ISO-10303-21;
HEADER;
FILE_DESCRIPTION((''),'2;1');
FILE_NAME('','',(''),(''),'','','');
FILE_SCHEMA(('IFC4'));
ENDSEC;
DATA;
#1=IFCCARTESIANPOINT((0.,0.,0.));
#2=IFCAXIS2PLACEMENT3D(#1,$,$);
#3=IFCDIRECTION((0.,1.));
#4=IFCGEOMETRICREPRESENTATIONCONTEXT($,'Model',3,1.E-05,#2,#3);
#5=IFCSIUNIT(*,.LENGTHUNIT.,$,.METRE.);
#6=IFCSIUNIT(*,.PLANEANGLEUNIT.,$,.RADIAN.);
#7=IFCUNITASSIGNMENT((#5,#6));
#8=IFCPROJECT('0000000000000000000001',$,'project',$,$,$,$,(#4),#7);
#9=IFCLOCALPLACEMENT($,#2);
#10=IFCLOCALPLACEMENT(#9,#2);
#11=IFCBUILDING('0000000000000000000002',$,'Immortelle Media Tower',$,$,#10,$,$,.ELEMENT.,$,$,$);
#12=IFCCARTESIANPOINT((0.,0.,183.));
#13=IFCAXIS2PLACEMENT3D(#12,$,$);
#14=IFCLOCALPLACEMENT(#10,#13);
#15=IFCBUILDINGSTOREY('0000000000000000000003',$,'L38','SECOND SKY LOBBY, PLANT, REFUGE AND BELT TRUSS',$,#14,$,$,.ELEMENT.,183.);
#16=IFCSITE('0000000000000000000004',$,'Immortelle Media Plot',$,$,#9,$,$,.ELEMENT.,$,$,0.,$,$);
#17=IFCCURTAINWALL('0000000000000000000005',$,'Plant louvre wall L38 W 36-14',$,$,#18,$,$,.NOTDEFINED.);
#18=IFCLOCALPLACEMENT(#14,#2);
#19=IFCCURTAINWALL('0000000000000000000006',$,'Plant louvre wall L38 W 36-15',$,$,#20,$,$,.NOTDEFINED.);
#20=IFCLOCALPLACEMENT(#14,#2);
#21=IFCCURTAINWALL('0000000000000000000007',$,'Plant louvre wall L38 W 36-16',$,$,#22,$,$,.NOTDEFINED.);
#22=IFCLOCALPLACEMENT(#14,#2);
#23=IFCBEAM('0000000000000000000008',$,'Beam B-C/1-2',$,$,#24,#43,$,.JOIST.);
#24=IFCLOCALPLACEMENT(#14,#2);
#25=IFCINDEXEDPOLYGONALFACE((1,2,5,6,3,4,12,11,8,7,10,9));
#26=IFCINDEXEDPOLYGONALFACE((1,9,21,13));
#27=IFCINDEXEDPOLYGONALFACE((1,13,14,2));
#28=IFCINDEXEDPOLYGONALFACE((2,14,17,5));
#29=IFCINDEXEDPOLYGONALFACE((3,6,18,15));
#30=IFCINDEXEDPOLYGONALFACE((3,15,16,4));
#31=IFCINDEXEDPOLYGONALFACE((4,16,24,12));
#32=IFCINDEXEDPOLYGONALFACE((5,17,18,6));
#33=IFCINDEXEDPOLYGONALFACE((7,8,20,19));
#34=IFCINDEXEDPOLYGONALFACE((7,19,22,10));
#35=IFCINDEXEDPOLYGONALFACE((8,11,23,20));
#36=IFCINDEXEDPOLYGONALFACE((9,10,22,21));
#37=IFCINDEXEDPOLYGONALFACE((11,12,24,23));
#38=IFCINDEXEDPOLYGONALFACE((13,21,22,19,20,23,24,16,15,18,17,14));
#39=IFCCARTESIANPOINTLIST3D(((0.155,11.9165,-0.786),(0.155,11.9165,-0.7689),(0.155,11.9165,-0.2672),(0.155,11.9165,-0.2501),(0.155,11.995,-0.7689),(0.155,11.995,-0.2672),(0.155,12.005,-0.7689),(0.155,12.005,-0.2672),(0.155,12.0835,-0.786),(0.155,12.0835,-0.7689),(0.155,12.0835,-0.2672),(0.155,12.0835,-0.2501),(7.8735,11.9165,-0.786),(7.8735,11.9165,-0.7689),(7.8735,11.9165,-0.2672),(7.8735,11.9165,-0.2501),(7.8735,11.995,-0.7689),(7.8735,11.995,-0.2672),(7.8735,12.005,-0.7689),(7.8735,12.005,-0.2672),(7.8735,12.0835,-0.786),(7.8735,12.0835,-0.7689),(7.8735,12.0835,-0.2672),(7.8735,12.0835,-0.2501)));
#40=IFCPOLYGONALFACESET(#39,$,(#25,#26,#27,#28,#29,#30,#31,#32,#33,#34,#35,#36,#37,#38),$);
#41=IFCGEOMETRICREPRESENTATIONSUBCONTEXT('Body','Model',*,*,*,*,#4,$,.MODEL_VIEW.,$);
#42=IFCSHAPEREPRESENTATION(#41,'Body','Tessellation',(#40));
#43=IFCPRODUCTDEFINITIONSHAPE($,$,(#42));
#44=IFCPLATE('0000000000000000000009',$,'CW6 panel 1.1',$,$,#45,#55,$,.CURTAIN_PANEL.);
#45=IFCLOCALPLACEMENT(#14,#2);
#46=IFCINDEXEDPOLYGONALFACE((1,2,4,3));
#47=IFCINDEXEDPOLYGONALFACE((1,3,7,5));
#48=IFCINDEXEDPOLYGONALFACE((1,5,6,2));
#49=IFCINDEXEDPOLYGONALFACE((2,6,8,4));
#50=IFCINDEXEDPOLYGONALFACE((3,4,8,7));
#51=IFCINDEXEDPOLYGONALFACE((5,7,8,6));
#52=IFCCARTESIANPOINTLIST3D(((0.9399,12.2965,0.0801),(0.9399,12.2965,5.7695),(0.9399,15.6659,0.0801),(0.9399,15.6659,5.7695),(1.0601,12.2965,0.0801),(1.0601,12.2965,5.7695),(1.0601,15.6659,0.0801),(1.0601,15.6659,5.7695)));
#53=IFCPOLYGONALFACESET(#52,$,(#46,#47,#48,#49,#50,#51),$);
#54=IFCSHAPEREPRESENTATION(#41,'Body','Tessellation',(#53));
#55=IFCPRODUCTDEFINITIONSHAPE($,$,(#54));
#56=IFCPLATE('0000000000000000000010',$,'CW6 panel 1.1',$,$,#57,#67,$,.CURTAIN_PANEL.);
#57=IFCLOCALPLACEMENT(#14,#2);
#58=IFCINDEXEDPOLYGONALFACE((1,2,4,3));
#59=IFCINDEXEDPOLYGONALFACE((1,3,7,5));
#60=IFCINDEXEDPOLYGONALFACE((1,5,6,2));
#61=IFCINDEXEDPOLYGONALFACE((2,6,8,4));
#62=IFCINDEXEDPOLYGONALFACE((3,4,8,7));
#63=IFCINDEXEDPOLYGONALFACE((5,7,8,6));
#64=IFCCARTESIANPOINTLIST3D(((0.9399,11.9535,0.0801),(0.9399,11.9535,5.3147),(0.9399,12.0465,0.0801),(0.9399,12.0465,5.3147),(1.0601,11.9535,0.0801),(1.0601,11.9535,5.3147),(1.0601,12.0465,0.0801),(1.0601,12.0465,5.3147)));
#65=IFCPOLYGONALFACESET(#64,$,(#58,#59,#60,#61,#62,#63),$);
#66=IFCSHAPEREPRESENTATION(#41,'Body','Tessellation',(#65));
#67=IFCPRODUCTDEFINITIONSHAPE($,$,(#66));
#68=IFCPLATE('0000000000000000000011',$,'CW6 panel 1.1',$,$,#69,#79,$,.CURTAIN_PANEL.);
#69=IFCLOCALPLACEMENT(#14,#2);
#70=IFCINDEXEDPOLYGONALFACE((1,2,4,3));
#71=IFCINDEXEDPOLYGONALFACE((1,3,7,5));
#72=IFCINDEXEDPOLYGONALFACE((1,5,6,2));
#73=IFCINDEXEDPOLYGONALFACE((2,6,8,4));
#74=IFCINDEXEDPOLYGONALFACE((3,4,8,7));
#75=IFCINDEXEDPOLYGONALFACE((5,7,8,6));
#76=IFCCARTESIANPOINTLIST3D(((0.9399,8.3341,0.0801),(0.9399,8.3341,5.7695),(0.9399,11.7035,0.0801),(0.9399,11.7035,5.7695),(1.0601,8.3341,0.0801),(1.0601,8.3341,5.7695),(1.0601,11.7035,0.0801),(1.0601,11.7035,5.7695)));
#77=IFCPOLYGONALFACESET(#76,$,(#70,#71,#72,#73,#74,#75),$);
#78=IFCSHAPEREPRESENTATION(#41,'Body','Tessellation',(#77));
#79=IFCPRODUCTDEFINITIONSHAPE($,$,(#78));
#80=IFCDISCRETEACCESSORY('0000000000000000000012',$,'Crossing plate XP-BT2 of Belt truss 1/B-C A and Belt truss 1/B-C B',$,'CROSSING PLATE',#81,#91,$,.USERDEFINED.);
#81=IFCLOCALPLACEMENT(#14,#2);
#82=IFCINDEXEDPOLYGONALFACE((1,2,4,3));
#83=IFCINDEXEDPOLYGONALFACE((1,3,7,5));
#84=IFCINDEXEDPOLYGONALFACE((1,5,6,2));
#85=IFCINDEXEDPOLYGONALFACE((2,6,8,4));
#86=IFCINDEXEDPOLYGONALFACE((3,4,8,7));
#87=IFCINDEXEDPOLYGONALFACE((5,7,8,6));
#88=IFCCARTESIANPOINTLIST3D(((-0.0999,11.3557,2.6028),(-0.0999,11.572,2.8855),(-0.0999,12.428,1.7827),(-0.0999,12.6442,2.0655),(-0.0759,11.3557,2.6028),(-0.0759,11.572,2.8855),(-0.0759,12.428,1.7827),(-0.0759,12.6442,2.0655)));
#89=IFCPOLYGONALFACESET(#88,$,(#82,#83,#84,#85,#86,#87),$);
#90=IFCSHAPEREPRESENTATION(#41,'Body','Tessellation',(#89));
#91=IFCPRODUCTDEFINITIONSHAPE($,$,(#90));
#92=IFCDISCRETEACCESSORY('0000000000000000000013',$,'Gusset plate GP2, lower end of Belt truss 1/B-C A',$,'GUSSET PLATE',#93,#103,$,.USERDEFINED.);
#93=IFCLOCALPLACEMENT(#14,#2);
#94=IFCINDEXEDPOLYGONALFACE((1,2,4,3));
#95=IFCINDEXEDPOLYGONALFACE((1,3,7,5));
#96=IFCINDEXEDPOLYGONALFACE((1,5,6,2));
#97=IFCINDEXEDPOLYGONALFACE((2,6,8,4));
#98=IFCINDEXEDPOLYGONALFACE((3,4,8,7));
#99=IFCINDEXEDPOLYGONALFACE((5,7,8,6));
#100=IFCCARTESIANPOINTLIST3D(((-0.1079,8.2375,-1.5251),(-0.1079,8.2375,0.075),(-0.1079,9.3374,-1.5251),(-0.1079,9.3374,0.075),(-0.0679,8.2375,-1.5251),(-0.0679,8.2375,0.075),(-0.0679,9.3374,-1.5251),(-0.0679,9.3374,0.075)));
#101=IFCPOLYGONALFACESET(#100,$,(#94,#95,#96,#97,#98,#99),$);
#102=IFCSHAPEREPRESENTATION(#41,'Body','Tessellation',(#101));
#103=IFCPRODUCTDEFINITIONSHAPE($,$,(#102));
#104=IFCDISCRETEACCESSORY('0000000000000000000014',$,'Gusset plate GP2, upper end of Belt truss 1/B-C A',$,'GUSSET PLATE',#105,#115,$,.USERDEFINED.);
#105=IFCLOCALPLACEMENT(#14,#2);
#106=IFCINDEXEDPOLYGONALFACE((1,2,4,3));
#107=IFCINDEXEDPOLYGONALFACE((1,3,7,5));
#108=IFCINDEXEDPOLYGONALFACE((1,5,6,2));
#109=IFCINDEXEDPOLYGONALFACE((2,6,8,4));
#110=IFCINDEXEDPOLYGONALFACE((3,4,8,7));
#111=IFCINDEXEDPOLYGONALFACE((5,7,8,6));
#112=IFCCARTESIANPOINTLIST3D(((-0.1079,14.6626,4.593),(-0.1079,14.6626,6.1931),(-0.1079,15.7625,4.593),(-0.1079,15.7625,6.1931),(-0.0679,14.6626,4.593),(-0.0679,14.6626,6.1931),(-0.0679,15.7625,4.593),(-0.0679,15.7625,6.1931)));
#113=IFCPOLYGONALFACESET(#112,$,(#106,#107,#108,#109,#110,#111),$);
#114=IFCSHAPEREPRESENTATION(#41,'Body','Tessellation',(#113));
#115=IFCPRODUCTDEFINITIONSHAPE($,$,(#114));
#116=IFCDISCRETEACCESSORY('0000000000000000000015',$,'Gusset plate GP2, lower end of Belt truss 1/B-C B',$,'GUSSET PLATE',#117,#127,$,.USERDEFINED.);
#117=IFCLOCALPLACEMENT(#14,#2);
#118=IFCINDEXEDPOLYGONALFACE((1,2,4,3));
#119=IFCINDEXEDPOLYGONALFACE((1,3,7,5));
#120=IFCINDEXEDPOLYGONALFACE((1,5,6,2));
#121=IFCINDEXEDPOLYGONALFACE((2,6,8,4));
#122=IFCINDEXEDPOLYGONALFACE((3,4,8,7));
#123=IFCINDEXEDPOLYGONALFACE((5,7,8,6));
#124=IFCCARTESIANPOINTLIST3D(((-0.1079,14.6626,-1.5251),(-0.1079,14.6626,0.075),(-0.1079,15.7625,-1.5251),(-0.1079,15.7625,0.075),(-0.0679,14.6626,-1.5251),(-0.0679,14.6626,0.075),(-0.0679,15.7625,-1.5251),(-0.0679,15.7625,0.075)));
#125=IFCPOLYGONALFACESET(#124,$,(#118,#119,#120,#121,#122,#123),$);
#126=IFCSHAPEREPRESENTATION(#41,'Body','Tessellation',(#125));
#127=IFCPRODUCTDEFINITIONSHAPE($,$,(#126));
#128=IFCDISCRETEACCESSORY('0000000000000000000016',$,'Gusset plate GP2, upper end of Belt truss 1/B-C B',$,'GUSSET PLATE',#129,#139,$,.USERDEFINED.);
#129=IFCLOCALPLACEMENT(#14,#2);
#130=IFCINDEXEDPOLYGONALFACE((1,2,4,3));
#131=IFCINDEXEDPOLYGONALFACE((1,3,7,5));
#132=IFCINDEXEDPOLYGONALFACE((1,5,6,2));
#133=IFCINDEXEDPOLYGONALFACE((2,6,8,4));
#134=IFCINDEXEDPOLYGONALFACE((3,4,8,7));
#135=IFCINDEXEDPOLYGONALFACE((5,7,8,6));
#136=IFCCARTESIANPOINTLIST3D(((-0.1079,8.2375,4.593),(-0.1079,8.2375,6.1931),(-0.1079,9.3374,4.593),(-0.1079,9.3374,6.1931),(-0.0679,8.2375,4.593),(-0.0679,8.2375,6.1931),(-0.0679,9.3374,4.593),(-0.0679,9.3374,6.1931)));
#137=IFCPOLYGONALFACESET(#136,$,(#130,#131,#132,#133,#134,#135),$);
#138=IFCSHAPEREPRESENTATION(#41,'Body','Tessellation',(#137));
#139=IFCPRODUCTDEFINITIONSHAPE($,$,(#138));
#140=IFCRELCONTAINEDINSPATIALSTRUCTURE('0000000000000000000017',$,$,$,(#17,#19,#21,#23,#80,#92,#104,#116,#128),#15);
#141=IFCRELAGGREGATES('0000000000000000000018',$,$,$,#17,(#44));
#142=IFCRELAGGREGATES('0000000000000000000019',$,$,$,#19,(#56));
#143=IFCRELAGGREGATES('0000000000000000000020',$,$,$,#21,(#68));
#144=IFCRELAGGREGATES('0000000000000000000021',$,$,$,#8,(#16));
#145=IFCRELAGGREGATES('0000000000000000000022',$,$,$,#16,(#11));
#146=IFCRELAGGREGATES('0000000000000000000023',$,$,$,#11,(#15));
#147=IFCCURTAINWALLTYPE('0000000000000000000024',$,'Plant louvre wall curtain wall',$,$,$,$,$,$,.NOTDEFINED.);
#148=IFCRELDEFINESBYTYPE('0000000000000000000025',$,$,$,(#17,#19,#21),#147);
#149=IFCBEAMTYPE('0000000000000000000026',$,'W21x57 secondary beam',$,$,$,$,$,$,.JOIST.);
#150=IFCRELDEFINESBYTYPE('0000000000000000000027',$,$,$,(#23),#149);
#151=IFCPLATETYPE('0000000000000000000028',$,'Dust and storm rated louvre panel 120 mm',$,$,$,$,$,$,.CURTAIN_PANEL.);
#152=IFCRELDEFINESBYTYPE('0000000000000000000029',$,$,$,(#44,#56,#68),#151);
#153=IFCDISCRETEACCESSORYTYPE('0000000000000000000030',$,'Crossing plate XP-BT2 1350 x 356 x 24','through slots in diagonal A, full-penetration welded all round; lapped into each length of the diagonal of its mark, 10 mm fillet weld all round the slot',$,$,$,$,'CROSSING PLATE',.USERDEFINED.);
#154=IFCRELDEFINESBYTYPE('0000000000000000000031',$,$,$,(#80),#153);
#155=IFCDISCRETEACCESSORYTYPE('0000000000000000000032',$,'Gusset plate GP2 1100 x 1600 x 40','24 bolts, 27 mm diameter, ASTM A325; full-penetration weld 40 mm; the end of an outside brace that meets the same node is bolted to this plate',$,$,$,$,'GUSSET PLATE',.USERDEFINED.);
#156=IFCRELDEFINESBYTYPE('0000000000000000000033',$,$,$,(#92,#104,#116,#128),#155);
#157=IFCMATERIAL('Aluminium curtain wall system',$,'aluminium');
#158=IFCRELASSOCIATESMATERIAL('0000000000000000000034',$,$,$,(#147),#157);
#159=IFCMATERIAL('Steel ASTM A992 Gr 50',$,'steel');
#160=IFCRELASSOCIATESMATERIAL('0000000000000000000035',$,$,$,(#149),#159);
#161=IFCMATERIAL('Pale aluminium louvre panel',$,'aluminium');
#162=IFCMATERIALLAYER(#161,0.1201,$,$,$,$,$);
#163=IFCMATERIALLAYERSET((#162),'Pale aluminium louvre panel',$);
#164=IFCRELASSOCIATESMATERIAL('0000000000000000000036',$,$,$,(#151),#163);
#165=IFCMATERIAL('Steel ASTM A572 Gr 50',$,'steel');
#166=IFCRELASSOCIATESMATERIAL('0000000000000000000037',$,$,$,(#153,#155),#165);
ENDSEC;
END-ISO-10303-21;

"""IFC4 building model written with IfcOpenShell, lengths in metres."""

from ifc_helpers import new_model, si_unit, direction, frame, origin, origin_2d, place, context, subcontext, project, spatial, rectangle, i_section, extrude, material, layer, layer_set, material_profile, profile_set, type_object, element, aggregate, save


model = new_model("IFC4")

# Units and contexts
model_context = context("Model", 3, precision=1e-05, world=origin(), true_north=direction((0.0, 1.0)))
body_context = subcontext(model_context, "Body", "Model", "MODEL_VIEW")
ifc_project = project(units=[si_unit("LENGTHUNIT", "METRE"), si_unit("PLANEANGLEUNIT", "RADIAN")], contexts=[model_context])

# Site, building, storey
site_placement = place(None, origin())
site = spatial("IfcSite", under=ifc_project, at=site_placement, Name="Immortelle Media Plot", CompositionType="ELEMENT", RefElevation=0.0)
building_placement = place(site_placement, origin())
building = spatial("IfcBuilding", under=site, at=building_placement, Name="Immortelle Media Tower", CompositionType="ELEMENT")
storey_placement = place(building_placement, frame((0.0, 0.0, 183.0)))
storey = spatial("IfcBuildingStorey", under=building, at=storey_placement, Name="L38", Description="SECOND SKY LOBBY, PLANT, REFUGE AND BELT TRUSS", CompositionType="ELEMENT", Elevation=183.0)

# Curtain walls
ifc_material_1 = material(Name="Aluminium curtain wall system", Category="aluminium")
curtain_wall_type = type_object("IfcCurtainWallType", Name="Plant louvre wall curtain wall", PredefinedType="NOTDEFINED", material=ifc_material_1)
curtain_wall_1_placement = place(storey_placement, origin())
curtain_wall_1 = element("IfcCurtainWall", 1, at=curtain_wall_1_placement, inside=storey, type_object=curtain_wall_type, Name="Plant louvre wall L38 W 36-14", PredefinedType="NOTDEFINED")
curtain_wall_2_placement = place(storey_placement, origin())
curtain_wall_2 = element("IfcCurtainWall", 2, at=curtain_wall_2_placement, inside=storey, type_object=curtain_wall_type, Name="Plant louvre wall L38 W 36-15", PredefinedType="NOTDEFINED")
curtain_wall_3_placement = place(storey_placement, origin())
curtain_wall_3 = element("IfcCurtainWall", 3, at=curtain_wall_3_placement, inside=storey, type_object=curtain_wall_type, Name="Plant louvre wall L38 W 36-16", PredefinedType="NOTDEFINED")

# Beam
ifc_material_2 = material(Name="Steel ASTM A992 Gr 50", Category="steel")
ifc_material_profile_1 = material_profile(ifc_material_2, i_section(OverallWidth=0.167, OverallDepth=0.5359, WebThickness=0.01, FlangeThickness=0.0171, at=origin_2d()), Name="W21x57")
ifc_profile_set_1 = profile_set([ifc_material_profile_1], Name="Steel ASTM A992 Gr 50")
beam_type = type_object("IfcBeamType", Name="W21x57 secondary beam", PredefinedType="JOIST", material=ifc_profile_set_1)
beam_placement = place(storey_placement, frame((0.155, 12.0, -0.5181), z_axis=(1.0, 0.0, 0.0), x_axis=(0.0, 1.0, 0.0)))
element("IfcBeam", 4, at=beam_placement, inside=storey, type_object=beam_type, Name="Beam B-C/1-2", PredefinedType="JOIST", context=body_context, shape_type="SweptSolid", body=[
    extrude(i_section(OverallWidth=0.167, OverallDepth=0.5359, WebThickness=0.01, FlangeThickness=0.0171, at=origin_2d()), origin(), (0.0, 0.0, 1.0), 7.7185),
])

# Plates
ifc_material_3 = material(Name="Pale aluminium louvre panel", Category="aluminium")
ifc_layer = layer(ifc_material_3, 0.1201)
ifc_layer_set = layer_set([ifc_layer], Name="Pale aluminium louvre panel")
plate_type = type_object("IfcPlateType", Name="Dust and storm rated louvre panel 120 mm", PredefinedType="CURTAIN_PANEL", material=ifc_layer_set)
plate_1_placement = place(storey_placement, frame((1.0, 13.9812, 0.0801), z_axis=(0.0, 0.0, 1.0), x_axis=(0.0, -1.0, 0.0)))
plate_1 = element("IfcPlate", 5, at=plate_1_placement, type_object=plate_type, Name="CW6 panel 1.1", PredefinedType="CURTAIN_PANEL", context=body_context, shape_type="SweptSolid", body=[
    extrude(rectangle(XDim=3.3694, YDim=0.1201, at=origin_2d()), origin(), (0.0, 0.0, 1.0), 5.6895),
])
aggregate(curtain_wall_1, [plate_1])
plate_2_placement = place(storey_placement, frame((1.0, 12.0, 0.0801), z_axis=(0.0, 0.0, 1.0), x_axis=(0.0, -1.0, 0.0)))
plate_2 = element("IfcPlate", 6, at=plate_2_placement, type_object=plate_type, Name="CW6 panel 1.1", PredefinedType="CURTAIN_PANEL", context=body_context, shape_type="SweptSolid", body=[
    extrude(rectangle(XDim=0.093, YDim=0.1201, at=origin_2d()), origin(), (0.0, 0.0, 1.0), 5.2346),
])
aggregate(curtain_wall_2, [plate_2])
plate_3_placement = place(storey_placement, frame((1.0, 10.0188, 0.0801), z_axis=(0.0, 0.0, 1.0), x_axis=(0.0, -1.0, 0.0)))
plate_3 = element("IfcPlate", 7, at=plate_3_placement, type_object=plate_type, Name="CW6 panel 1.1", PredefinedType="CURTAIN_PANEL", context=body_context, shape_type="SweptSolid", body=[
    extrude(rectangle(XDim=3.3694, YDim=0.1201, at=origin_2d()), origin(), (0.0, 0.0, 1.0), 5.6895),
])
aggregate(curtain_wall_3, [plate_3])

# Discrete accessories
ifc_material_4 = material(Name="Steel ASTM A572 Gr 50", Category="steel")
ifc_material_profile_2 = material_profile(ifc_material_4, rectangle(XDim=0.0239, YDim=0.356, at=origin_2d()), Name="PL 24 x 356")
ifc_profile_set_2 = profile_set([ifc_material_profile_2], Name="Steel ASTM A572 Gr 50")
discrete_accessory_type_1 = type_object("IfcDiscreteAccessoryType", Name="Crossing plate XP-BT2 1350 x 356 x 24", Description="through slots in diagonal A, full-penetration welded all round; lapped into each length of the diagonal of its mark, 10 mm fillet weld all round the slot", ElementType="CROSSING PLATE", PredefinedType="USERDEFINED", material=ifc_profile_set_2)
discrete_accessory_placement = place(storey_placement, frame((-0.0879, 11.4639, 2.7441), z_axis=(0.0, 0.794322, -0.607497), x_axis=(-1.0, 0.0, 0.0)))
element("IfcDiscreteAccessory", 8, at=discrete_accessory_placement, inside=storey, type_object=discrete_accessory_type_1, Name="Crossing plate XP-BT2 of Belt truss 1/B-C A and Belt truss 1/B-C B", ObjectType="CROSSING PLATE", PredefinedType="USERDEFINED", context=body_context, shape_type="SweptSolid", body=[
    extrude(rectangle(XDim=0.0239, YDim=0.356, at=origin_2d()), origin(), (0.0, 0.0, 1.0), 1.3499),
])
ifc_material_profile_3 = material_profile(ifc_material_4, rectangle(XDim=0.04, YDim=1.6001, at=origin_2d()), Name="PL 40 x 1600")
ifc_profile_set_3 = profile_set([ifc_material_profile_3], Name="Steel ASTM A572 Gr 50")
discrete_accessory_type_2 = type_object("IfcDiscreteAccessoryType", Name="Gusset plate GP2 1100 x 1600 x 40", Description="24 bolts, 27 mm diameter, ASTM A325; full-penetration weld 40 mm; the end of an outside brace that meets the same node is bolted to this plate", ElementType="GUSSET PLATE", PredefinedType="USERDEFINED", material=ifc_profile_set_3)
for number, where, z_axis, x_axis, name in (
    (9, (-0.0879, 8.2375, -0.7251), (0.0, 1.0, 0.0), (-1.0, 0.0, 0.0), "Gusset plate GP2, lower end of Belt truss 1/B-C A"),
    (10, (-0.0879, 15.7625, 5.3931), (0.0, -1.0, 0.0), (1.0, 0.0, 0.0), "Gusset plate GP2, upper end of Belt truss 1/B-C A"),
    (11, (-0.0879, 15.7625, -0.7251), (0.0, -1.0, 0.0), (1.0, 0.0, 0.0), "Gusset plate GP2, lower end of Belt truss 1/B-C B"),
    (12, (-0.0879, 8.2375, 5.3931), (0.0, 1.0, 0.0), (-1.0, 0.0, 0.0), "Gusset plate GP2, upper end of Belt truss 1/B-C B"),
):
    element("IfcDiscreteAccessory", number, at=place(storey_placement, frame(where, z_axis=z_axis, x_axis=x_axis)), inside=storey, type_object=discrete_accessory_type_2, Name=name, ObjectType="GUSSET PLATE", PredefinedType="USERDEFINED", context=body_context, shape_type="SweptSolid", body=[
        extrude(rectangle(XDim=0.04, YDim=1.6001, at=origin_2d()), origin(), (0.0, 0.0, 1.0), 1.0999),
    ])

save(model, "model.ifc")
